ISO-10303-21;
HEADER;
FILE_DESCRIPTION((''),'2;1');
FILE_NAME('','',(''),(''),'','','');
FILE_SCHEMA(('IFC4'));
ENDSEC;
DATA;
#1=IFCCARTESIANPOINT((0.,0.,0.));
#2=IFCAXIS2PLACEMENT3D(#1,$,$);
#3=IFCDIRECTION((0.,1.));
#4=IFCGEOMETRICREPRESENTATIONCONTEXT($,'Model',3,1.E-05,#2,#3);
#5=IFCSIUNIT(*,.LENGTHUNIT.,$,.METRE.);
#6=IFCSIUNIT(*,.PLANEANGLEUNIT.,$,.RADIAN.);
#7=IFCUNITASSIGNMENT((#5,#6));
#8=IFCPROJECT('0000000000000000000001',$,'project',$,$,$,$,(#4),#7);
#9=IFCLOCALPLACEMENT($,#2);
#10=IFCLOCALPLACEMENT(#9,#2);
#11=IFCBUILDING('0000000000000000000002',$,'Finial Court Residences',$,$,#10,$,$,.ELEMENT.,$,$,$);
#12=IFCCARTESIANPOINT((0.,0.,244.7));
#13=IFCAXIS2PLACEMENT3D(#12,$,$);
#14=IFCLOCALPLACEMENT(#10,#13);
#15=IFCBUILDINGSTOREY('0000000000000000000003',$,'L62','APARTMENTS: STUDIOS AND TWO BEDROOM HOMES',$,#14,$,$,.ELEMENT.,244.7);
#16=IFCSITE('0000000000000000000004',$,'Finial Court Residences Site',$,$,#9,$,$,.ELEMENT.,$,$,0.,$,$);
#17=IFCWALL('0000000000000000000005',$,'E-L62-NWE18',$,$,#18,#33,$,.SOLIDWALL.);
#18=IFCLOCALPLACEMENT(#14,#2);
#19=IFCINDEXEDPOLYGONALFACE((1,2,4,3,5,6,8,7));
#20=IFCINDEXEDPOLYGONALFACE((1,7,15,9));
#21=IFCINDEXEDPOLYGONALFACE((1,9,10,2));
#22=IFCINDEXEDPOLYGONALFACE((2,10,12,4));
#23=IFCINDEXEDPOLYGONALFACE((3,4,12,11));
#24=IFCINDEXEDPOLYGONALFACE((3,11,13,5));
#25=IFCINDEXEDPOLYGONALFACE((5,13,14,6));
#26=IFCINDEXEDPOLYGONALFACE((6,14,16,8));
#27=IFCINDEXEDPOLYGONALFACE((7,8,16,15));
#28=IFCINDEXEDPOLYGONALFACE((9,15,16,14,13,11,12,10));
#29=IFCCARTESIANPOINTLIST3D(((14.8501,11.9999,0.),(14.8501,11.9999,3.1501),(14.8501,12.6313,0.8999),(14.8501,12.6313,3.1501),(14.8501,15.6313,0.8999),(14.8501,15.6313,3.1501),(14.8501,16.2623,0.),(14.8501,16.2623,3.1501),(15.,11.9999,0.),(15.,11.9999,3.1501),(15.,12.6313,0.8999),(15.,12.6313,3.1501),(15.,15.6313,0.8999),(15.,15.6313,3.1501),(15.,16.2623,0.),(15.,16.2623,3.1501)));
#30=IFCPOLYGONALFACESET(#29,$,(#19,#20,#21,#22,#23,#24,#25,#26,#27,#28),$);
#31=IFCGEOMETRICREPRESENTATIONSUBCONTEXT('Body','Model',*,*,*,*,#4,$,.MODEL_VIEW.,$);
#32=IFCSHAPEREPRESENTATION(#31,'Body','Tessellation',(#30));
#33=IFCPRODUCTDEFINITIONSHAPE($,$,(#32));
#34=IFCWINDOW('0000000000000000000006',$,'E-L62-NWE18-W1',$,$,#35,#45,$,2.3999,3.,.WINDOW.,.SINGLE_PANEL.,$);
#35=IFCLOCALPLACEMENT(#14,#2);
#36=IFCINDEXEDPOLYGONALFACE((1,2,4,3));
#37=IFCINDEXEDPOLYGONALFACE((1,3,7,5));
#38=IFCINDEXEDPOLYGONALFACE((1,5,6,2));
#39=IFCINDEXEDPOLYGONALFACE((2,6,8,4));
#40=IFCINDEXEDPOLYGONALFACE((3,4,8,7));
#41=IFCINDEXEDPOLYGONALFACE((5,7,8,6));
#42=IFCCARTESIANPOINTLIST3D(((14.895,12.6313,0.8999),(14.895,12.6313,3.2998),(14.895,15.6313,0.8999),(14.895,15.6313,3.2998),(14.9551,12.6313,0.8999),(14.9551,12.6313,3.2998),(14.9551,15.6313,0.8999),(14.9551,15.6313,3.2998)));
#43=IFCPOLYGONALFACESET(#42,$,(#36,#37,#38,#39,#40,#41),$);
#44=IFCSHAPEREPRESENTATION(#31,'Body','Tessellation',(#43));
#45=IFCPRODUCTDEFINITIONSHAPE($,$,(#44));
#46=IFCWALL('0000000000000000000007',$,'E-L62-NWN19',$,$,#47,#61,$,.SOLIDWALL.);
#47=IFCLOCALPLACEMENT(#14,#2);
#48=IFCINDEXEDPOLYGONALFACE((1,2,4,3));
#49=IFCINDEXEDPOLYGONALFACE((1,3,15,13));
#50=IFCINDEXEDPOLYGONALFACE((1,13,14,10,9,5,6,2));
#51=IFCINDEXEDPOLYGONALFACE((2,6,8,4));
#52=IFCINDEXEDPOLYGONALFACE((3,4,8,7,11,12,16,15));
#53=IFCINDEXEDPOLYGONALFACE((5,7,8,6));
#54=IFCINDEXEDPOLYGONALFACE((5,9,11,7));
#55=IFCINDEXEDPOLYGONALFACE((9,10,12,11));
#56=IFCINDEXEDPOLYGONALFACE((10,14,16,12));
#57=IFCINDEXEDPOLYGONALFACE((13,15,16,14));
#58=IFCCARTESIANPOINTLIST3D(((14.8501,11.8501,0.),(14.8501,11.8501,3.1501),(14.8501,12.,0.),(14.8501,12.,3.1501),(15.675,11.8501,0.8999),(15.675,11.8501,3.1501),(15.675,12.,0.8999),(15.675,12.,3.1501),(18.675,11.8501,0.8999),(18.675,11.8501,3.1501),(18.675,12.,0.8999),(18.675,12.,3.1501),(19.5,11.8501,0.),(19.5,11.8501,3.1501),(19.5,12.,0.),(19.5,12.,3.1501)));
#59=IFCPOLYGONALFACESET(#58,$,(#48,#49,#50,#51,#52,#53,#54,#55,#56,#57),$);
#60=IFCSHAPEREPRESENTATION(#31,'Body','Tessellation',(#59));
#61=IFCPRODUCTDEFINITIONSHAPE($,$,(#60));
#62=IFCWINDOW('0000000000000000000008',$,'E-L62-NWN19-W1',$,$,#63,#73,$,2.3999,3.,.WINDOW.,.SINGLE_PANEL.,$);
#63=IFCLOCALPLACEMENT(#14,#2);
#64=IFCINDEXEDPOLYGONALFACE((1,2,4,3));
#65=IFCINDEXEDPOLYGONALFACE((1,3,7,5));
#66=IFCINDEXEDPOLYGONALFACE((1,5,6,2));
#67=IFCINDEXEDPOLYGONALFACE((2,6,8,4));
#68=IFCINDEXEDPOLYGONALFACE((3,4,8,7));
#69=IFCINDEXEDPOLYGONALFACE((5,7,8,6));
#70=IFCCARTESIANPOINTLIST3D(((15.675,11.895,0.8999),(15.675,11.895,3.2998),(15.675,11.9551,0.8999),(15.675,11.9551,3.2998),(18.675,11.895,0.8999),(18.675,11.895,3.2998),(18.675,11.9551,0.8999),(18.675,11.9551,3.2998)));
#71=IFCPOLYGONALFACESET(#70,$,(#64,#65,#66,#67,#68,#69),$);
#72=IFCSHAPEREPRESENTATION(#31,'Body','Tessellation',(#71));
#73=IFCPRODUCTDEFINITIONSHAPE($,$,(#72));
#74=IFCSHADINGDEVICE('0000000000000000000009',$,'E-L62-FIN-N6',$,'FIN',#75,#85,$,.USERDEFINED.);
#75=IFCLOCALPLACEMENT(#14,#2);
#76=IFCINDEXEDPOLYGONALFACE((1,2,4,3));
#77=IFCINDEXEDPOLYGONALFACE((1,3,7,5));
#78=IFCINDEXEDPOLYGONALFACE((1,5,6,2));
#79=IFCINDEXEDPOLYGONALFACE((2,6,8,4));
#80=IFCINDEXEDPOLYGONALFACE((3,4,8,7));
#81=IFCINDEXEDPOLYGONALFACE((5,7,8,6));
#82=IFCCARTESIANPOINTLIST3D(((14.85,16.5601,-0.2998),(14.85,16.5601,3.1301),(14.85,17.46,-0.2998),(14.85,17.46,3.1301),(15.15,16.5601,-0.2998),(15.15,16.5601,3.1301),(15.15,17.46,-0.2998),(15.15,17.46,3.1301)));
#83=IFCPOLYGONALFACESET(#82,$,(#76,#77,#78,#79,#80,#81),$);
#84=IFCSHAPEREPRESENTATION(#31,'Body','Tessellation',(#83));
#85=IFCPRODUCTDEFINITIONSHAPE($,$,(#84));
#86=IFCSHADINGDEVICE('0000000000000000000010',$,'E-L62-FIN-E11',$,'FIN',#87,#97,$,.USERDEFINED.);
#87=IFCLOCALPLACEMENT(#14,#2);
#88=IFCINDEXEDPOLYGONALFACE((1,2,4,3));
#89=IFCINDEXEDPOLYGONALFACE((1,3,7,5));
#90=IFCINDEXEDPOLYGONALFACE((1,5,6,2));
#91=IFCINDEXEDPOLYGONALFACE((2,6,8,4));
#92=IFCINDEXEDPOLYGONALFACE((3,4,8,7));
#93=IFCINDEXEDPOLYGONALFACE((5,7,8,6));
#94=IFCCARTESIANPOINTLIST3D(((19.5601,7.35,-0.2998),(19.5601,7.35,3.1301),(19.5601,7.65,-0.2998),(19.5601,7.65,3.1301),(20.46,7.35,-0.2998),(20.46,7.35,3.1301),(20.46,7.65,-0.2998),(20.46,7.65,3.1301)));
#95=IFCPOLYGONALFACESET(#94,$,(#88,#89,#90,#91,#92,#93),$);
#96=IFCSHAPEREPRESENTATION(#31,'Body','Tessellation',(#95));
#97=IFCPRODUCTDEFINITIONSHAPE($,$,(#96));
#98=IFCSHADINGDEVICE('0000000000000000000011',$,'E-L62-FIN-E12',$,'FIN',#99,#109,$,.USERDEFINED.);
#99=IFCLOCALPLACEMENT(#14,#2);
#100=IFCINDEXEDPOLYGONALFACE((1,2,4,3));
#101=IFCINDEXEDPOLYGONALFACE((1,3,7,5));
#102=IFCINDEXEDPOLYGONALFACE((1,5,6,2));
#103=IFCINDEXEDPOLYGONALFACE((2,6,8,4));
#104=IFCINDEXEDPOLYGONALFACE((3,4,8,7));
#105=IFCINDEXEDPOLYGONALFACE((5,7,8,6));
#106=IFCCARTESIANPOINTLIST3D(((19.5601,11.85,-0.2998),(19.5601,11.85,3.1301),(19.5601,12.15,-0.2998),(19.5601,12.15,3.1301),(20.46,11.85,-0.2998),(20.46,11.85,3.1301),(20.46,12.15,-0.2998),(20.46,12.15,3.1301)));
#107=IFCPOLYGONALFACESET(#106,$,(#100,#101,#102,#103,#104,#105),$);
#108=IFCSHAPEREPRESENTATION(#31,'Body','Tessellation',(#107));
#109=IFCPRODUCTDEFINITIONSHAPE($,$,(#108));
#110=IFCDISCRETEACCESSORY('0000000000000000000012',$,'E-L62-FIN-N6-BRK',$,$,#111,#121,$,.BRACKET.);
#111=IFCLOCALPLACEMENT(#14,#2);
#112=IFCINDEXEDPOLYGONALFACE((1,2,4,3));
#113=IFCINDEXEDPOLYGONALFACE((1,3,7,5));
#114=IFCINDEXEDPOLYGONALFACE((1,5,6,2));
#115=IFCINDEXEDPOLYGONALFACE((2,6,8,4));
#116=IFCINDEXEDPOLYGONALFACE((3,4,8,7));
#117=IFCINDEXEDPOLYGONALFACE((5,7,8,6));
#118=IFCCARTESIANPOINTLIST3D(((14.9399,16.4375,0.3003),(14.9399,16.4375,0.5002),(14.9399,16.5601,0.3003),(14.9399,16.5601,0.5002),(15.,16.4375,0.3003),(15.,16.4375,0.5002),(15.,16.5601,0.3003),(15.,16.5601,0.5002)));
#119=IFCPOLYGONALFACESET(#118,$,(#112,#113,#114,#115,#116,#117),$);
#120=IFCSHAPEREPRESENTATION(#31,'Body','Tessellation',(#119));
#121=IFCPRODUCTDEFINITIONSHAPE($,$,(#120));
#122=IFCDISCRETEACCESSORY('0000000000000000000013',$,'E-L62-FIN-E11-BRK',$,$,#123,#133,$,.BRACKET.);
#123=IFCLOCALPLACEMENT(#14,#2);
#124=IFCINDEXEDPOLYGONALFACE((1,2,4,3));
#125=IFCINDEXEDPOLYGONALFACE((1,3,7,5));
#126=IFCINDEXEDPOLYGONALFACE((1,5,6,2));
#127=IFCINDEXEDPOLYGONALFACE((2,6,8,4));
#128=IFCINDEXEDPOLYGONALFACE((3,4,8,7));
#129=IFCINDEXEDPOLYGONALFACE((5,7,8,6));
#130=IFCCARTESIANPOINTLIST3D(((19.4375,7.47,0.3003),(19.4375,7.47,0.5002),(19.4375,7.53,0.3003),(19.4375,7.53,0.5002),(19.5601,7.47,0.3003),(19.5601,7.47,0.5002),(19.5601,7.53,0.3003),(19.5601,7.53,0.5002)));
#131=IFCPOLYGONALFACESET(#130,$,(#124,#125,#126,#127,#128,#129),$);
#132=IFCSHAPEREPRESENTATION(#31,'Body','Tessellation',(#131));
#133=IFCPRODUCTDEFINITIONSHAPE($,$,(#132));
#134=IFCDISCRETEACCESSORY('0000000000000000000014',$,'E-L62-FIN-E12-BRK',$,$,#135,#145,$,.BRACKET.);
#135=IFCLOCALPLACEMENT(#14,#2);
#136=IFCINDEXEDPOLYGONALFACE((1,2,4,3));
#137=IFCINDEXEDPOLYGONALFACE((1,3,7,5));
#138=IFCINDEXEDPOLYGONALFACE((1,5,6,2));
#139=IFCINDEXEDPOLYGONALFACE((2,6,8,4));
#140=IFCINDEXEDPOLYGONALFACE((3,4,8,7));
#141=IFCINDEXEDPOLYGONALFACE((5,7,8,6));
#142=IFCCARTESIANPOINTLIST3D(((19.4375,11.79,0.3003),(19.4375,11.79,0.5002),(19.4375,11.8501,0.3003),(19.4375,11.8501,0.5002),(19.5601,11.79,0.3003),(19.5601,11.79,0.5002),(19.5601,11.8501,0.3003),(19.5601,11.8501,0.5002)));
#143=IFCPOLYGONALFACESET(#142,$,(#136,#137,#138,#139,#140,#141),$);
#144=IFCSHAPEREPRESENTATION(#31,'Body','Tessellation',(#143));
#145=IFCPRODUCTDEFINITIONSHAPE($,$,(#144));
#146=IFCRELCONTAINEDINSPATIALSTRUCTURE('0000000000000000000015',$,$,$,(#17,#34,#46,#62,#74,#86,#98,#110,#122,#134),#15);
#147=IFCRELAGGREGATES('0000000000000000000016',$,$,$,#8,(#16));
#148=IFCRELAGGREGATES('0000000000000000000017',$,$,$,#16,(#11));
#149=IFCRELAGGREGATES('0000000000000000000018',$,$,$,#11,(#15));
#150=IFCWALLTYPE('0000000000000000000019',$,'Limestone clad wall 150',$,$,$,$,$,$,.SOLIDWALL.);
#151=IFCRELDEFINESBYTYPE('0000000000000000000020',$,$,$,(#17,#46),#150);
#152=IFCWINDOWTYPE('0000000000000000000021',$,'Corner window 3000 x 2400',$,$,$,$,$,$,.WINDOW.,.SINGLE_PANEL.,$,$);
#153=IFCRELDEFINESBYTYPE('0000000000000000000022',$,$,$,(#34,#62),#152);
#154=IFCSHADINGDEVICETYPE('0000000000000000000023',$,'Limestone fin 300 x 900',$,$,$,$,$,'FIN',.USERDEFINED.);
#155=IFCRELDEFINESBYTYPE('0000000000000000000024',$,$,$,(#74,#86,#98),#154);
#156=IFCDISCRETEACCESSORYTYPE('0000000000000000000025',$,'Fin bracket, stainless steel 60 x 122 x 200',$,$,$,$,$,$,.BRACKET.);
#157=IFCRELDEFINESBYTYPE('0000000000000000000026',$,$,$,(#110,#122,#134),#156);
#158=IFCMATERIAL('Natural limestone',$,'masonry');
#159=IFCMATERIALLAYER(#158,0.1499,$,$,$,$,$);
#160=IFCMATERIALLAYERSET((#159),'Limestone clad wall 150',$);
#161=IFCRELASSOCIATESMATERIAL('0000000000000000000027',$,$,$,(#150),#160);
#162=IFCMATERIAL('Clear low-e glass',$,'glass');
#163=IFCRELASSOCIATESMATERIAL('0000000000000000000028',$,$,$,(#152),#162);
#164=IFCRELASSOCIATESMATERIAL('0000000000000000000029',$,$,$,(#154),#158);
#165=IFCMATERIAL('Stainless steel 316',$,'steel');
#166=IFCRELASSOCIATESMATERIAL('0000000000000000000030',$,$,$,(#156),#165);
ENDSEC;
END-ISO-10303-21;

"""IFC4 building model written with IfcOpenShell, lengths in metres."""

from ifc_helpers import new_model, si_unit, direction, frame, frame_2d, origin, origin_2d, place, context, subcontext, project, spatial, rectangle, extrude, material, layer, layer_set, type_object, element, fill, save


model = new_model("IFC4")

# Units and contexts
model_context = context("Model", 3, precision=1e-05, world=origin(), true_north=direction((0.0, 1.0)))
body_context = subcontext(model_context, "Body", "Model", "MODEL_VIEW")
ifc_project = project(units=[si_unit("LENGTHUNIT", "METRE"), si_unit("PLANEANGLEUNIT", "RADIAN")], contexts=[model_context])

# Site, building, storey
site_placement = place(None, origin())
site = spatial("IfcSite", under=ifc_project, at=site_placement, Name="Finial Court Residences Site", CompositionType="ELEMENT", RefElevation=0.0)
building_placement = place(site_placement, origin())
building = spatial("IfcBuilding", under=site, at=building_placement, Name="Finial Court Residences", CompositionType="ELEMENT")
storey_placement = place(building_placement, frame((0.0, 0.0, 244.7)))
storey = spatial("IfcBuildingStorey", under=building, at=storey_placement, Name="L62", Description="APARTMENTS: STUDIOS AND TWO BEDROOM HOMES", CompositionType="ELEMENT", Elevation=244.7)

# Shared definitions
ifc_material_1 = material(Name="Clear low-e glass", Category="glass")

# Walls, openings, windows
ifc_material_2 = material(Name="Natural limestone", Category="masonry")
ifc_layer_1 = layer(ifc_material_2, 0.1499)
ifc_layer_set_1 = layer_set([ifc_layer_1], Name="Limestone clad wall 150")
wall_type_1 = type_object("IfcWallType", Name="Limestone clad wall 150", PredefinedType="SOLIDWALL", material=ifc_layer_set_1)
wall_1_placement = place(storey_placement, frame((14.925, 16.2625, 0.0), z_axis=(0.0, 0.0, 1.0), x_axis=(0.0, -1.0, 0.0)))
wall_1 = element("IfcWall", 1, at=wall_1_placement, inside=storey, type_object=wall_type_1, Name="E-L62-NWE18", PredefinedType="SOLIDWALL", context=body_context, shape_type="SweptSolid", body=[
    extrude(rectangle(XDim=4.2625, YDim=0.1499, at=frame_2d((2.1313, 0.0))), origin(), (0.0, 0.0, 1.0), 3.1501),
])
opening_1_placement = place(wall_1_placement, frame((0.6311, 0.0, 0.8999)))
opening_1 = element("IfcOpeningElement", 2, at=opening_1_placement, cuts=wall_1, PredefinedType="OPENING", context=body_context, shape_type="SweptSolid", body=[
    extrude(rectangle(XDim=3.0, YDim=2.3999, at=frame_2d((1.5, 1.2))), frame((0.0, 0.085, 0.0), z_axis=(0.0, -1.0, 0.0), x_axis=(1.0, 0.0, 0.0)), (0.0, 0.0, 1.0), 0.1699),
])
window_type = type_object("IfcWindowType", Name="Corner window 3000 x 2400", PartitioningType="SINGLE_PANEL", PredefinedType="WINDOW", material=ifc_material_1)
window_1_placement = place(opening_1_placement, origin())
window_1 = element("IfcWindow", 3, at=window_1_placement, inside=storey, type_object=window_type, Name="E-L62-NWE18-W1", OverallHeight=2.3999, OverallWidth=3.0, PartitioningType="SINGLE_PANEL", PredefinedType="WINDOW", context=body_context, shape_type="SweptSolid", body=[
    extrude(rectangle(XDim=3.0, YDim=2.3999, at=frame_2d((1.5, 1.2))), frame((0.0, 0.03, 0.0), z_axis=(0.0, -1.0, 0.0), x_axis=(1.0, 0.0, 0.0)), (0.0, 0.0, 1.0), 0.0601),
])
fill(opening_1, window_1)
wall_2_placement = place(storey_placement, frame((14.8501, 11.925, 0.0), z_axis=(0.0, 0.0, 1.0), x_axis=(1.0, 0.0, 0.0)))
wall_2 = element("IfcWall", 4, at=wall_2_placement, inside=storey, type_object=wall_type_1, Name="E-L62-NWN19", PredefinedType="SOLIDWALL", context=body_context, shape_type="SweptSolid", body=[
    extrude(rectangle(XDim=4.6499, YDim=0.1499, at=frame_2d((2.325, 0.0))), origin(), (0.0, 0.0, 1.0), 3.1501),
])
opening_2_placement = place(wall_2_placement, frame((0.825, 0.0, 0.8999)))
opening_2 = element("IfcOpeningElement", 5, at=opening_2_placement, cuts=wall_2, PredefinedType="OPENING", context=body_context, shape_type="SweptSolid", body=[
    extrude(rectangle(XDim=3.0, YDim=2.3999, at=frame_2d((1.5, 1.2))), frame((0.0, 0.085, 0.0), z_axis=(0.0, -1.0, 0.0), x_axis=(1.0, 0.0, 0.0)), (0.0, 0.0, 1.0), 0.1699),
])
window_2_placement = place(opening_2_placement, origin())
window_2 = element("IfcWindow", 6, at=window_2_placement, inside=storey, type_object=window_type, Name="E-L62-NWN19-W1", OverallHeight=2.3999, OverallWidth=3.0, PartitioningType="SINGLE_PANEL", PredefinedType="WINDOW", context=body_context, shape_type="SweptSolid", body=[
    extrude(rectangle(XDim=3.0, YDim=2.3999, at=frame_2d((1.5, 1.2))), frame((0.0, 0.03, 0.0), z_axis=(0.0, -1.0, 0.0), x_axis=(1.0, 0.0, 0.0)), (0.0, 0.0, 1.0), 0.0601),
])
fill(opening_2, window_2)

# Shading devices
shading_device_type = type_object("IfcShadingDeviceType", Name="Limestone fin 300 x 900", ElementType="FIN", PredefinedType="USERDEFINED", material=ifc_material_2)
shading_device_placement = place(storey_placement, frame((15.0, 17.01, -0.2998), z_axis=(0.0, 0.0, 1.0), x_axis=(1.0, 0.0, 0.0)))
element("IfcShadingDevice", 7, at=shading_device_placement, inside=storey, type_object=shading_device_type, Name="E-L62-FIN-N6", ObjectType="FIN", PredefinedType="USERDEFINED", context=body_context, shape_type="SweptSolid", body=[
    extrude(rectangle(XDim=0.3, YDim=0.8999, at=origin_2d()), origin(), (0.0, 0.0, 1.0), 3.4299),
])
for number, where, z_axis, x_axis, name in (
    (8, (20.01, 7.5, -0.2998), (0.0, 0.0, 1.0), (1.0, 0.0, 0.0), "E-L62-FIN-E11"),
    (9, (20.01, 12.0, -0.2998), (0.0, 0.0, 1.0), (1.0, 0.0, 0.0), "E-L62-FIN-E12"),
):
    element("IfcShadingDevice", number, at=place(storey_placement, frame(where, z_axis=z_axis, x_axis=x_axis)), inside=storey, type_object=shading_device_type, Name=name, ObjectType="FIN", PredefinedType="USERDEFINED", context=body_context, shape_type="SweptSolid", body=[
        extrude(rectangle(XDim=0.8999, YDim=0.3, at=origin_2d()), origin(), (0.0, 0.0, 1.0), 3.4299),
    ])

# Discrete accessories
ifc_material_3 = material(Name="Stainless steel 316", Category="steel")
discrete_accessory_type = type_object("IfcDiscreteAccessoryType", Name="Fin bracket, stainless steel 60 x 122 x 200", PredefinedType="BRACKET", material=ifc_material_3)
discrete_accessory_placement = place(storey_placement, frame((14.97, 16.4988, 0.3003), z_axis=(0.0, 0.0, 1.0), x_axis=(1.0, 0.0, 0.0)))
element("IfcDiscreteAccessory", 10, at=discrete_accessory_placement, inside=storey, type_object=discrete_accessory_type, Name="E-L62-FIN-N6-BRK", PredefinedType="BRACKET", context=body_context, shape_type="SweptSolid", body=[
    extrude(rectangle(XDim=0.0601, YDim=0.1226, at=origin_2d()), origin(), (0.0, 0.0, 1.0), 0.2),
])
for number, where, z_axis, x_axis, name in (
    (11, (19.4988, 7.5, 0.3003), (0.0, 0.0, 1.0), (1.0, 0.0, 0.0), "E-L62-FIN-E11-BRK"),
    (12, (19.4988, 11.8201, 0.3003), (0.0, 0.0, 1.0), (1.0, 0.0, 0.0), "E-L62-FIN-E12-BRK"),
):
    element("IfcDiscreteAccessory", number, at=place(storey_placement, frame(where, z_axis=z_axis, x_axis=x_axis)), inside=storey, type_object=discrete_accessory_type, Name=name, PredefinedType="BRACKET", context=body_context, shape_type="SweptSolid", body=[
        extrude(rectangle(XDim=0.1226, YDim=0.0601, at=origin_2d()), origin(), (0.0, 0.0, 1.0), 0.2),
    ])

save(model, "model.ifc")
